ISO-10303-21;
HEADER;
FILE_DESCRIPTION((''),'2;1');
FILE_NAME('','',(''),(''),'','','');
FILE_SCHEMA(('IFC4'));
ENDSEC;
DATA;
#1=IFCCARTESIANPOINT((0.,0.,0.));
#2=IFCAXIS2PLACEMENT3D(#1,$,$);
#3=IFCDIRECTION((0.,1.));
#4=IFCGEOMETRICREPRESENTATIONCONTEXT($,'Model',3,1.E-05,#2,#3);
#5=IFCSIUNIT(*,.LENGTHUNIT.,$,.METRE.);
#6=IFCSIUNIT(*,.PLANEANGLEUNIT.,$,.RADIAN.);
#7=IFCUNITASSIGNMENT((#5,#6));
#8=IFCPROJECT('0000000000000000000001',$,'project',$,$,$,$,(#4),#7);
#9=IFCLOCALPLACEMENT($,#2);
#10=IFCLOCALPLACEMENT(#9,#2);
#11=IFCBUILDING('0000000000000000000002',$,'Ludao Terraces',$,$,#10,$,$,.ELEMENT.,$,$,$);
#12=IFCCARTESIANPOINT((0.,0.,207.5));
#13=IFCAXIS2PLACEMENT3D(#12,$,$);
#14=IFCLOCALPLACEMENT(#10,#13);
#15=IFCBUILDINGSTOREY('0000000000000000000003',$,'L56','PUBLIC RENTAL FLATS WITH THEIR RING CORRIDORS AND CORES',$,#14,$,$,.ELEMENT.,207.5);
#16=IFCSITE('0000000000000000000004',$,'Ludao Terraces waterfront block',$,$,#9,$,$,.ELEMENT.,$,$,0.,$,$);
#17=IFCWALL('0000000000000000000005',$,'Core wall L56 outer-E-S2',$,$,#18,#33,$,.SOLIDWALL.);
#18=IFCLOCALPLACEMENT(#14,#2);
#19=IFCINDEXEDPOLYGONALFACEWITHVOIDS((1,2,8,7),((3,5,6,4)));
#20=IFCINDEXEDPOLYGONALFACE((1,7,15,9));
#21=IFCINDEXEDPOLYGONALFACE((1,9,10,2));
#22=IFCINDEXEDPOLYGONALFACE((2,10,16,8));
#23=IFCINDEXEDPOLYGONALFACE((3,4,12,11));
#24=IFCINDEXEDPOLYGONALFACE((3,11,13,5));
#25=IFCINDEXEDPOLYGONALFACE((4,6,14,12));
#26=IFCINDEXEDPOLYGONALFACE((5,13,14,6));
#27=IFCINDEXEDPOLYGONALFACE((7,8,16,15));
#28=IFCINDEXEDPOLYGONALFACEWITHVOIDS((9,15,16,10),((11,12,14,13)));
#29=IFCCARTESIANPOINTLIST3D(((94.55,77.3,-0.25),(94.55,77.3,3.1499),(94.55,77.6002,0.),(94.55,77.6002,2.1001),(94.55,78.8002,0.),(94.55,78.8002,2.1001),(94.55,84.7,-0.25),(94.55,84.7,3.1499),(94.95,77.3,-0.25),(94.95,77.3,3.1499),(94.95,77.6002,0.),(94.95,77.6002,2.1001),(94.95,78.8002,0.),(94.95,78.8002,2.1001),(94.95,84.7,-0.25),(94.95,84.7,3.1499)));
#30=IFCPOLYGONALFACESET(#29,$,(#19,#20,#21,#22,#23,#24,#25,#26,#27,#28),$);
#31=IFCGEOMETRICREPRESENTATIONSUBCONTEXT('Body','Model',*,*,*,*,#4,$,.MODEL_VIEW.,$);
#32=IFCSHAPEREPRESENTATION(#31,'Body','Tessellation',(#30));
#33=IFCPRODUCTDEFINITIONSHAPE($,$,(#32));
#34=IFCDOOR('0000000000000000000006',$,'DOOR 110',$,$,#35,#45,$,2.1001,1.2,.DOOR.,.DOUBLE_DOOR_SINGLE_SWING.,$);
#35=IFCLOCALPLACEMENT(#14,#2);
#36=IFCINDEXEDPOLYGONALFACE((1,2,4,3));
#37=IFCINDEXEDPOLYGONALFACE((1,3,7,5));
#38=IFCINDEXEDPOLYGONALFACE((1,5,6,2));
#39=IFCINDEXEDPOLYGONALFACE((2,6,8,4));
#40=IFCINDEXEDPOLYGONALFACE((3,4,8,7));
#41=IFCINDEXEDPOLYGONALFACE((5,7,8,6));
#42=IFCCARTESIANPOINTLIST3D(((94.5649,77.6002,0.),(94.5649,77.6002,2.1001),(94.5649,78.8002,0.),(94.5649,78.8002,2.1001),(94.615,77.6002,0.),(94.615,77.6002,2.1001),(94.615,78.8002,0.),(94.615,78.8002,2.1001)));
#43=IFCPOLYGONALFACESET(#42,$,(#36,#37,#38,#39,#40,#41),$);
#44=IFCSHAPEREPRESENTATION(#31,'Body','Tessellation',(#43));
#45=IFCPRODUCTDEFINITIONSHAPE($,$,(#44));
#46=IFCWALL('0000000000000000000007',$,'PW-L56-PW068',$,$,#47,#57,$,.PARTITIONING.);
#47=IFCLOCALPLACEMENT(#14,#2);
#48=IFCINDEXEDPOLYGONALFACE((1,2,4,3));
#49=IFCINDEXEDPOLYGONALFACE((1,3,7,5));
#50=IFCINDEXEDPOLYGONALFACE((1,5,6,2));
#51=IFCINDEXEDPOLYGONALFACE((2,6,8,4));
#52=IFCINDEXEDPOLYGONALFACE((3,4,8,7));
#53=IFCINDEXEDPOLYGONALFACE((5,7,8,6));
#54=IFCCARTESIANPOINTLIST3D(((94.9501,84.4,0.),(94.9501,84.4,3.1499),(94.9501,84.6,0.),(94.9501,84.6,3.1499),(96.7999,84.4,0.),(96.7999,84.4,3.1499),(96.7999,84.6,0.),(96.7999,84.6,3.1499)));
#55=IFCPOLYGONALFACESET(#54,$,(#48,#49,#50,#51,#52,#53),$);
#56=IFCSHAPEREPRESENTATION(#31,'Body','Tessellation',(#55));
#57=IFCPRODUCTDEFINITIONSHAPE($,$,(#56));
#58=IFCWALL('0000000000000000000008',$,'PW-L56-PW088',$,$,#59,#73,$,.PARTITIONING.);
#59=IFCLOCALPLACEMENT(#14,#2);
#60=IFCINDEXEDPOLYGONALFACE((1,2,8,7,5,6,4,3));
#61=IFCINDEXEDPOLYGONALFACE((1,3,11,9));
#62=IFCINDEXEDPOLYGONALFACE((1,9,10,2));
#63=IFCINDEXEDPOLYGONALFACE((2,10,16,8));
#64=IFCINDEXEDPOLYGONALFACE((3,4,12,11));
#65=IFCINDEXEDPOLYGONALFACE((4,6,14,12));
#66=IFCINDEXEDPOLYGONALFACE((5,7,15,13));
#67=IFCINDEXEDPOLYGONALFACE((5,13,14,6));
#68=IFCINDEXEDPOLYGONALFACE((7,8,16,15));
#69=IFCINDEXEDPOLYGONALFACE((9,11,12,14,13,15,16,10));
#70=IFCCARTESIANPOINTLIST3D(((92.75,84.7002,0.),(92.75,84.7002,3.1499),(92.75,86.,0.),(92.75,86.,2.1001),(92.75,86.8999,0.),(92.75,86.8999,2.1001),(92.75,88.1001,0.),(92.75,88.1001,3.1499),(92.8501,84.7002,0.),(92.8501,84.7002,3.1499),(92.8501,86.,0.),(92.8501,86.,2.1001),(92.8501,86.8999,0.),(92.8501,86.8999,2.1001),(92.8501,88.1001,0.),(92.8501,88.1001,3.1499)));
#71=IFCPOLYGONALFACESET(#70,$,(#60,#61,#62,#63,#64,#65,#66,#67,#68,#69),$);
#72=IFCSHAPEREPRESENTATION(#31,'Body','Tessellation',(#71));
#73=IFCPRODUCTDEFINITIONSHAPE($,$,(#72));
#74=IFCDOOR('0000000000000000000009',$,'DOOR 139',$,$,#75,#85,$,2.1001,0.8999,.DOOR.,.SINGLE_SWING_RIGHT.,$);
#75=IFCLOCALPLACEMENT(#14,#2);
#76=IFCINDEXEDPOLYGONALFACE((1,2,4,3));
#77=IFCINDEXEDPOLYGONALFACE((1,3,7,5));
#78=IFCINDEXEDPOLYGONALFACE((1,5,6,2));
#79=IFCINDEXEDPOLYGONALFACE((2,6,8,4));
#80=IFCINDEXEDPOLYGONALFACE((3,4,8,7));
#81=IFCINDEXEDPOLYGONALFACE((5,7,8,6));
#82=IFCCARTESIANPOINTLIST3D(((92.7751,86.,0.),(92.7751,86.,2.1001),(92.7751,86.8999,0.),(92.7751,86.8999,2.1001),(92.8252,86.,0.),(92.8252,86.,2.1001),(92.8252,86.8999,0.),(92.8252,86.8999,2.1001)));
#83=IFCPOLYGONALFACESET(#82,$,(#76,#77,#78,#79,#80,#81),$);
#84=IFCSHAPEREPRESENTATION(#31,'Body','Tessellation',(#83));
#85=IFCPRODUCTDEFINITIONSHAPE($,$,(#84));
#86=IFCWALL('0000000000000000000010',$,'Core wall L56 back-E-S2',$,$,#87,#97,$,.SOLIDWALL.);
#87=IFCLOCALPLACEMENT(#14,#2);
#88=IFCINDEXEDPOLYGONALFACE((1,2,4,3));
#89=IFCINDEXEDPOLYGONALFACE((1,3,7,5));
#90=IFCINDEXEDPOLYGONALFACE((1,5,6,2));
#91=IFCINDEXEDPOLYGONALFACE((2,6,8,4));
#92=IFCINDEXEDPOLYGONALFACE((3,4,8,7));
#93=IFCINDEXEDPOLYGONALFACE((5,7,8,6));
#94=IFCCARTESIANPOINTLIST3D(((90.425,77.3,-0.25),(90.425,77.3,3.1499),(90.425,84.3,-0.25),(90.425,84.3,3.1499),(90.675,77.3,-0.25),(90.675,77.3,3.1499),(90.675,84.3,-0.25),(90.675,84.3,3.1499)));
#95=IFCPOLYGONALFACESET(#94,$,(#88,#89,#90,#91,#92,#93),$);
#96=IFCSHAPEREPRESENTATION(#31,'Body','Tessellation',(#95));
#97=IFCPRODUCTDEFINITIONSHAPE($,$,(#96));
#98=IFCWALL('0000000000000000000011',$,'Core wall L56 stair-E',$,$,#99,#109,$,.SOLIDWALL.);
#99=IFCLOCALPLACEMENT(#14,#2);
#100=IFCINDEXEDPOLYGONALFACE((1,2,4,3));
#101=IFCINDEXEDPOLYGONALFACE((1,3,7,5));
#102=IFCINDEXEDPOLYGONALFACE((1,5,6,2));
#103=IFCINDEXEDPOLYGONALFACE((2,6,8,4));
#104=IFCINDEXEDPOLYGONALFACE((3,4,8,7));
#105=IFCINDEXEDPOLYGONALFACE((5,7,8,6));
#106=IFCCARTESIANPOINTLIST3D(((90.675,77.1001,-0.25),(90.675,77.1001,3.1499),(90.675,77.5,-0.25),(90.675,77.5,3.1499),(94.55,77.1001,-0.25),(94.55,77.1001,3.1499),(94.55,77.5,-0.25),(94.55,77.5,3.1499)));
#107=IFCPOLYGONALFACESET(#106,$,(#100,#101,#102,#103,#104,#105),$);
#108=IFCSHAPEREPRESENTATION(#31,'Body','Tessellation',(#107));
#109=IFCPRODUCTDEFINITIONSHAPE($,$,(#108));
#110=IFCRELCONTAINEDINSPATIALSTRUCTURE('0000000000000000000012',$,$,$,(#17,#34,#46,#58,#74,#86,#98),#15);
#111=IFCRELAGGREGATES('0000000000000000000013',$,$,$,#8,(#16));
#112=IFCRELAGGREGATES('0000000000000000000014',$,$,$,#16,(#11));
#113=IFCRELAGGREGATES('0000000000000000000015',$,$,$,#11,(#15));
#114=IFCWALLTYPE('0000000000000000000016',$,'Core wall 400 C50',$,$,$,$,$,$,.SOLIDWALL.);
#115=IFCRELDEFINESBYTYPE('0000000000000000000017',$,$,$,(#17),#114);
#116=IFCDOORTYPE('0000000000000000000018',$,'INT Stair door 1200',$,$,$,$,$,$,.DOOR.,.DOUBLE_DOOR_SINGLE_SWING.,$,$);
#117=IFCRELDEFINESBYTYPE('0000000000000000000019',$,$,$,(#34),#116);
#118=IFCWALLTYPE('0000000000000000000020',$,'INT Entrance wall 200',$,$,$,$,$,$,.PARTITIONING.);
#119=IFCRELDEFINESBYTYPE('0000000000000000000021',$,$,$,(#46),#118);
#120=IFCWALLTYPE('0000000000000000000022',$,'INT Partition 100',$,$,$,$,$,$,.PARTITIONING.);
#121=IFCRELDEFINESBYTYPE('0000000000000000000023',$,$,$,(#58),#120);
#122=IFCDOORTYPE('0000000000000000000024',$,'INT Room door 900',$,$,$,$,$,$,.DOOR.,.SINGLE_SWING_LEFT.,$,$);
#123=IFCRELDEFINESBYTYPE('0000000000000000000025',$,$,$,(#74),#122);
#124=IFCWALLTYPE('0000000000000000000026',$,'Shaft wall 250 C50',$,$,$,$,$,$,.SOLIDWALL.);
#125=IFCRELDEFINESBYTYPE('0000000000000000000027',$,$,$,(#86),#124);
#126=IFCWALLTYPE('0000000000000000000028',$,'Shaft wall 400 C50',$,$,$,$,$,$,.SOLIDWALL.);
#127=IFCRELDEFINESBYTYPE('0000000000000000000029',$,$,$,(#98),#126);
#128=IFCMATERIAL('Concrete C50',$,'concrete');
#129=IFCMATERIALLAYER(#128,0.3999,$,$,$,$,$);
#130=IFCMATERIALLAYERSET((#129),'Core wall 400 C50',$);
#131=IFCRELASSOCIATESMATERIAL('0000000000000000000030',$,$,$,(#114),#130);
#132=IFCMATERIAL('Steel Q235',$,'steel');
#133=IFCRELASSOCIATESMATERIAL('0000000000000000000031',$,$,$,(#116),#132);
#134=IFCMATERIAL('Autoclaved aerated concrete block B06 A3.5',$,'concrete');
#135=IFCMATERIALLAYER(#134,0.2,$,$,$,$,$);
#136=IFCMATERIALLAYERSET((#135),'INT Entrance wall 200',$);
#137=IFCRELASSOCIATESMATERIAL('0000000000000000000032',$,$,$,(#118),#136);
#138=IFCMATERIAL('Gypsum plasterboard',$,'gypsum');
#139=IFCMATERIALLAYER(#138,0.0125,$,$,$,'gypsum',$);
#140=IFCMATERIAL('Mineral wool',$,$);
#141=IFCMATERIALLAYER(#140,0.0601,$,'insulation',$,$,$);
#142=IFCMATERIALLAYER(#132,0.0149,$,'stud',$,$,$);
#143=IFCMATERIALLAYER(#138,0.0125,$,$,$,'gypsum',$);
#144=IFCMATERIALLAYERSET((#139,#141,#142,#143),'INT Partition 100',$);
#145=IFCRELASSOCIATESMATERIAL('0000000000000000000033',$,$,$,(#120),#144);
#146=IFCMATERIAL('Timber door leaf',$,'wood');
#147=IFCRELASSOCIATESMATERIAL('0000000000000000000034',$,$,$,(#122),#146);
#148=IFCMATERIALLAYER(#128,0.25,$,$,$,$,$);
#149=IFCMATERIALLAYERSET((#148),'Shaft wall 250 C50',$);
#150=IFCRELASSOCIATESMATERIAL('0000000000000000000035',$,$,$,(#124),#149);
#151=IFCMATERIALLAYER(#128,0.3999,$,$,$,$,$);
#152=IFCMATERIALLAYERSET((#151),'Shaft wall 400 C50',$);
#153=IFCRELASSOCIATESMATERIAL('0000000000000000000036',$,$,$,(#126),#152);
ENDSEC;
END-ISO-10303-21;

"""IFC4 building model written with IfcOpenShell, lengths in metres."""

from ifc_helpers import new_model, si_unit, direction, frame, frame_2d, origin, place, context, subcontext, project, spatial, rectangle, extrude, material, layer, layer_set, type_object, element, fill, save


model = new_model("IFC4")

# Units and contexts
model_context = context("Model", 3, precision=1e-05, world=origin(), true_north=direction((0.0, 1.0)))
body_context = subcontext(model_context, "Body", "Model", "MODEL_VIEW")
ifc_project = project(units=[si_unit("LENGTHUNIT", "METRE"), si_unit("PLANEANGLEUNIT", "RADIAN")], contexts=[model_context])

# Site, building, storey
site_placement = place(None, origin())
site = spatial("IfcSite", under=ifc_project, at=site_placement, Name="Ludao Terraces waterfront block", CompositionType="ELEMENT", RefElevation=0.0)
building_placement = place(site_placement, origin())
building = spatial("IfcBuilding", under=site, at=building_placement, Name="Ludao Terraces", CompositionType="ELEMENT")
storey_placement = place(building_placement, frame((0.0, 0.0, 207.5)))
storey = spatial("IfcBuildingStorey", under=building, at=storey_placement, Name="L56", Description="PUBLIC RENTAL FLATS WITH THEIR RING CORRIDORS AND CORES", CompositionType="ELEMENT", Elevation=207.5)

# Wall, opening, door
ifc_material_1 = material(Name="Concrete C50", Category="concrete")
ifc_layer_1 = layer(ifc_material_1, 0.3999)
ifc_layer_set_1 = layer_set([ifc_layer_1], Name="Core wall 400 C50")
wall_type_1 = type_object("IfcWallType", Name="Core wall 400 C50", PredefinedType="SOLIDWALL", material=ifc_layer_set_1)
wall_1_placement = place(storey_placement, frame((94.75, 77.3, -0.25), z_axis=(0.0, 0.0, 1.0), x_axis=(0.0, 1.0, 0.0)))
wall_1 = element("IfcWall", 1, at=wall_1_placement, inside=storey, type_object=wall_type_1, Name="Core wall L56 outer-E-S2", PredefinedType="SOLIDWALL", context=body_context, shape_type="SweptSolid", body=[
    extrude(rectangle(XDim=7.3999, YDim=0.3999, at=frame_2d((3.7, 0.0))), origin(), (0.0, 0.0, 1.0), 3.3999),
])
opening_1_placement = place(wall_1_placement, frame((0.3, 0.0, 0.25)))
opening_1 = element("IfcOpeningElement", 2, at=opening_1_placement, cuts=wall_1, PredefinedType="OPENING", context=body_context, shape_type="SweptSolid", body=[
    extrude(rectangle(XDim=1.2, YDim=2.1001, at=frame_2d((0.6001, 1.05))), frame((0.0, 0.21, 0.0), z_axis=(0.0, -1.0, 0.0), x_axis=(1.0, 0.0, 0.0)), (0.0, 0.0, 1.0), 0.4199),
])
ifc_material_2 = material(Name="Steel Q235", Category="steel")
door_type_1 = type_object("IfcDoorType", Name="INT Stair door 1200", OperationType="DOUBLE_DOOR_SINGLE_SWING", PredefinedType="DOOR", material=ifc_material_2)
door_1_placement = place(opening_1_placement, origin())
door_1 = element("IfcDoor", 3, at=door_1_placement, inside=storey, type_object=door_type_1, Name="DOOR 110", OperationType="DOUBLE_DOOR_SINGLE_SWING", OverallHeight=2.1001, OverallWidth=1.2, PredefinedType="DOOR", context=body_context, shape_type="SweptSolid", body=[
    extrude(rectangle(XDim=1.2, YDim=2.1001, at=frame_2d((0.6001, 1.05))), frame((0.0, 0.1851, 0.0), z_axis=(0.0, -1.0, 0.0), x_axis=(1.0, 0.0, 0.0)), (0.0, 0.0, 1.0), 0.05),
])
fill(opening_1, door_1)

# Wall
ifc_material_3 = material(Name="Autoclaved aerated concrete block B06 A3.5", Category="concrete")
ifc_layer_2 = layer(ifc_material_3, 0.2)
ifc_layer_set_2 = layer_set([ifc_layer_2], Name="INT Entrance wall 200")
wall_type_2 = type_object("IfcWallType", Name="INT Entrance wall 200", PredefinedType="PARTITIONING", material=ifc_layer_set_2)
wall_2_placement = place(storey_placement, frame((94.9502, 84.5, 0.0), z_axis=(0.0, 0.0, 1.0), x_axis=(1.0, 0.0, 0.0)))
element("IfcWall", 4, at=wall_2_placement, inside=storey, type_object=wall_type_2, Name="PW-L56-PW068", PredefinedType="PARTITIONING", context=body_context, shape_type="SweptSolid", body=[
    extrude(rectangle(XDim=1.8499, YDim=0.2, at=frame_2d((0.9248, 0.0))), origin(), (0.0, 0.0, 1.0), 3.1499),
])

# Wall, opening, door
ifc_material_4 = material(Name="Gypsum plasterboard", Category="gypsum")
ifc_layer_3 = layer(ifc_material_4, 0.0125, Category="gypsum")
ifc_material_5 = material(Name="Mineral wool")
ifc_layer_4 = layer(ifc_material_5, 0.0601, Name="insulation")
ifc_layer_5 = layer(ifc_material_2, 0.0149, Name="stud")
ifc_layer_6 = layer(ifc_material_4, 0.0125, Category="gypsum")
ifc_layer_set_3 = layer_set([ifc_layer_3, ifc_layer_4, ifc_layer_5, ifc_layer_6], Name="INT Partition 100")
wall_type_3 = type_object("IfcWallType", Name="INT Partition 100", PredefinedType="PARTITIONING", material=ifc_layer_set_3)
wall_3_placement = place(storey_placement, frame((92.8, 84.7002, 0.0), z_axis=(0.0, 0.0, 1.0), x_axis=(0.0, 1.0, 0.0)))
wall_3 = element("IfcWall", 5, at=wall_3_placement, inside=storey, type_object=wall_type_3, Name="PW-L56-PW088", PredefinedType="PARTITIONING", context=body_context, shape_type="SweptSolid", body=[
    extrude(rectangle(XDim=3.3999, YDim=0.1001, at=frame_2d((1.7, 0.0))), origin(), (0.0, 0.0, 1.0), 3.1499),
])
opening_2_placement = place(wall_3_placement, frame((1.2998, 0.0, 0.0)))
opening_2 = element("IfcOpeningElement", 6, at=opening_2_placement, cuts=wall_3, PredefinedType="OPENING", context=body_context, shape_type="SweptSolid", body=[
    extrude(rectangle(XDim=0.8999, YDim=2.1001, at=frame_2d((0.45, 1.05))), frame((0.0, 0.0601, 0.0), z_axis=(0.0, -1.0, 0.0), x_axis=(1.0, 0.0, 0.0)), (0.0, 0.0, 1.0), 0.1201),
])
ifc_material_6 = material(Name="Timber door leaf", Category="wood")
door_type_2 = type_object("IfcDoorType", Name="INT Room door 900", OperationType="SINGLE_SWING_LEFT", PredefinedType="DOOR", material=ifc_material_6)
door_2_placement = place(opening_2_placement, origin())
door_2 = element("IfcDoor", 7, at=door_2_placement, inside=storey, type_object=door_type_2, Name="DOOR 139", OperationType="SINGLE_SWING_RIGHT", OverallHeight=2.1001, OverallWidth=0.8999, PredefinedType="DOOR", context=body_context, shape_type="SweptSolid", body=[
    extrude(rectangle(XDim=0.8999, YDim=2.1001, at=frame_2d((0.45, 1.05))), frame((0.0, 0.0249, 0.0), z_axis=(0.0, -1.0, 0.0), x_axis=(1.0, 0.0, 0.0)), (0.0, 0.0, 1.0), 0.05),
])
fill(opening_2, door_2)

# Walls
ifc_layer_7 = layer(ifc_material_1, 0.25)
ifc_layer_set_4 = layer_set([ifc_layer_7], Name="Shaft wall 250 C50")
wall_type_4 = type_object("IfcWallType", Name="Shaft wall 250 C50", PredefinedType="SOLIDWALL", material=ifc_layer_set_4)
wall_4_placement = place(storey_placement, frame((90.55, 77.3, -0.25), z_axis=(0.0, 0.0, 1.0), x_axis=(0.0, 1.0, 0.0)))
element("IfcWall", 8, at=wall_4_placement, inside=storey, type_object=wall_type_4, Name="Core wall L56 back-E-S2", PredefinedType="SOLIDWALL", context=body_context, shape_type="SweptSolid", body=[
    extrude(rectangle(XDim=7.0, YDim=0.25, at=frame_2d((3.5, 0.0))), origin(), (0.0, 0.0, 1.0), 3.3999),
])
ifc_layer_8 = layer(ifc_material_1, 0.3999)
ifc_layer_set_5 = layer_set([ifc_layer_8], Name="Shaft wall 400 C50")
wall_type_5 = type_object("IfcWallType", Name="Shaft wall 400 C50", PredefinedType="SOLIDWALL", material=ifc_layer_set_5)
wall_5_placement = place(storey_placement, frame((90.675, 77.3, -0.25), z_axis=(0.0, 0.0, 1.0), x_axis=(1.0, 0.0, 0.0)))
element("IfcWall", 9, at=wall_5_placement, inside=storey, type_object=wall_type_5, Name="Core wall L56 stair-E", PredefinedType="SOLIDWALL", context=body_context, shape_type="SweptSolid", body=[
    extrude(rectangle(XDim=3.875, YDim=0.3999, at=frame_2d((1.9375, 0.0))), origin(), (0.0, 0.0, 1.0), 3.3999),
])

save(model, "model.ifc")
